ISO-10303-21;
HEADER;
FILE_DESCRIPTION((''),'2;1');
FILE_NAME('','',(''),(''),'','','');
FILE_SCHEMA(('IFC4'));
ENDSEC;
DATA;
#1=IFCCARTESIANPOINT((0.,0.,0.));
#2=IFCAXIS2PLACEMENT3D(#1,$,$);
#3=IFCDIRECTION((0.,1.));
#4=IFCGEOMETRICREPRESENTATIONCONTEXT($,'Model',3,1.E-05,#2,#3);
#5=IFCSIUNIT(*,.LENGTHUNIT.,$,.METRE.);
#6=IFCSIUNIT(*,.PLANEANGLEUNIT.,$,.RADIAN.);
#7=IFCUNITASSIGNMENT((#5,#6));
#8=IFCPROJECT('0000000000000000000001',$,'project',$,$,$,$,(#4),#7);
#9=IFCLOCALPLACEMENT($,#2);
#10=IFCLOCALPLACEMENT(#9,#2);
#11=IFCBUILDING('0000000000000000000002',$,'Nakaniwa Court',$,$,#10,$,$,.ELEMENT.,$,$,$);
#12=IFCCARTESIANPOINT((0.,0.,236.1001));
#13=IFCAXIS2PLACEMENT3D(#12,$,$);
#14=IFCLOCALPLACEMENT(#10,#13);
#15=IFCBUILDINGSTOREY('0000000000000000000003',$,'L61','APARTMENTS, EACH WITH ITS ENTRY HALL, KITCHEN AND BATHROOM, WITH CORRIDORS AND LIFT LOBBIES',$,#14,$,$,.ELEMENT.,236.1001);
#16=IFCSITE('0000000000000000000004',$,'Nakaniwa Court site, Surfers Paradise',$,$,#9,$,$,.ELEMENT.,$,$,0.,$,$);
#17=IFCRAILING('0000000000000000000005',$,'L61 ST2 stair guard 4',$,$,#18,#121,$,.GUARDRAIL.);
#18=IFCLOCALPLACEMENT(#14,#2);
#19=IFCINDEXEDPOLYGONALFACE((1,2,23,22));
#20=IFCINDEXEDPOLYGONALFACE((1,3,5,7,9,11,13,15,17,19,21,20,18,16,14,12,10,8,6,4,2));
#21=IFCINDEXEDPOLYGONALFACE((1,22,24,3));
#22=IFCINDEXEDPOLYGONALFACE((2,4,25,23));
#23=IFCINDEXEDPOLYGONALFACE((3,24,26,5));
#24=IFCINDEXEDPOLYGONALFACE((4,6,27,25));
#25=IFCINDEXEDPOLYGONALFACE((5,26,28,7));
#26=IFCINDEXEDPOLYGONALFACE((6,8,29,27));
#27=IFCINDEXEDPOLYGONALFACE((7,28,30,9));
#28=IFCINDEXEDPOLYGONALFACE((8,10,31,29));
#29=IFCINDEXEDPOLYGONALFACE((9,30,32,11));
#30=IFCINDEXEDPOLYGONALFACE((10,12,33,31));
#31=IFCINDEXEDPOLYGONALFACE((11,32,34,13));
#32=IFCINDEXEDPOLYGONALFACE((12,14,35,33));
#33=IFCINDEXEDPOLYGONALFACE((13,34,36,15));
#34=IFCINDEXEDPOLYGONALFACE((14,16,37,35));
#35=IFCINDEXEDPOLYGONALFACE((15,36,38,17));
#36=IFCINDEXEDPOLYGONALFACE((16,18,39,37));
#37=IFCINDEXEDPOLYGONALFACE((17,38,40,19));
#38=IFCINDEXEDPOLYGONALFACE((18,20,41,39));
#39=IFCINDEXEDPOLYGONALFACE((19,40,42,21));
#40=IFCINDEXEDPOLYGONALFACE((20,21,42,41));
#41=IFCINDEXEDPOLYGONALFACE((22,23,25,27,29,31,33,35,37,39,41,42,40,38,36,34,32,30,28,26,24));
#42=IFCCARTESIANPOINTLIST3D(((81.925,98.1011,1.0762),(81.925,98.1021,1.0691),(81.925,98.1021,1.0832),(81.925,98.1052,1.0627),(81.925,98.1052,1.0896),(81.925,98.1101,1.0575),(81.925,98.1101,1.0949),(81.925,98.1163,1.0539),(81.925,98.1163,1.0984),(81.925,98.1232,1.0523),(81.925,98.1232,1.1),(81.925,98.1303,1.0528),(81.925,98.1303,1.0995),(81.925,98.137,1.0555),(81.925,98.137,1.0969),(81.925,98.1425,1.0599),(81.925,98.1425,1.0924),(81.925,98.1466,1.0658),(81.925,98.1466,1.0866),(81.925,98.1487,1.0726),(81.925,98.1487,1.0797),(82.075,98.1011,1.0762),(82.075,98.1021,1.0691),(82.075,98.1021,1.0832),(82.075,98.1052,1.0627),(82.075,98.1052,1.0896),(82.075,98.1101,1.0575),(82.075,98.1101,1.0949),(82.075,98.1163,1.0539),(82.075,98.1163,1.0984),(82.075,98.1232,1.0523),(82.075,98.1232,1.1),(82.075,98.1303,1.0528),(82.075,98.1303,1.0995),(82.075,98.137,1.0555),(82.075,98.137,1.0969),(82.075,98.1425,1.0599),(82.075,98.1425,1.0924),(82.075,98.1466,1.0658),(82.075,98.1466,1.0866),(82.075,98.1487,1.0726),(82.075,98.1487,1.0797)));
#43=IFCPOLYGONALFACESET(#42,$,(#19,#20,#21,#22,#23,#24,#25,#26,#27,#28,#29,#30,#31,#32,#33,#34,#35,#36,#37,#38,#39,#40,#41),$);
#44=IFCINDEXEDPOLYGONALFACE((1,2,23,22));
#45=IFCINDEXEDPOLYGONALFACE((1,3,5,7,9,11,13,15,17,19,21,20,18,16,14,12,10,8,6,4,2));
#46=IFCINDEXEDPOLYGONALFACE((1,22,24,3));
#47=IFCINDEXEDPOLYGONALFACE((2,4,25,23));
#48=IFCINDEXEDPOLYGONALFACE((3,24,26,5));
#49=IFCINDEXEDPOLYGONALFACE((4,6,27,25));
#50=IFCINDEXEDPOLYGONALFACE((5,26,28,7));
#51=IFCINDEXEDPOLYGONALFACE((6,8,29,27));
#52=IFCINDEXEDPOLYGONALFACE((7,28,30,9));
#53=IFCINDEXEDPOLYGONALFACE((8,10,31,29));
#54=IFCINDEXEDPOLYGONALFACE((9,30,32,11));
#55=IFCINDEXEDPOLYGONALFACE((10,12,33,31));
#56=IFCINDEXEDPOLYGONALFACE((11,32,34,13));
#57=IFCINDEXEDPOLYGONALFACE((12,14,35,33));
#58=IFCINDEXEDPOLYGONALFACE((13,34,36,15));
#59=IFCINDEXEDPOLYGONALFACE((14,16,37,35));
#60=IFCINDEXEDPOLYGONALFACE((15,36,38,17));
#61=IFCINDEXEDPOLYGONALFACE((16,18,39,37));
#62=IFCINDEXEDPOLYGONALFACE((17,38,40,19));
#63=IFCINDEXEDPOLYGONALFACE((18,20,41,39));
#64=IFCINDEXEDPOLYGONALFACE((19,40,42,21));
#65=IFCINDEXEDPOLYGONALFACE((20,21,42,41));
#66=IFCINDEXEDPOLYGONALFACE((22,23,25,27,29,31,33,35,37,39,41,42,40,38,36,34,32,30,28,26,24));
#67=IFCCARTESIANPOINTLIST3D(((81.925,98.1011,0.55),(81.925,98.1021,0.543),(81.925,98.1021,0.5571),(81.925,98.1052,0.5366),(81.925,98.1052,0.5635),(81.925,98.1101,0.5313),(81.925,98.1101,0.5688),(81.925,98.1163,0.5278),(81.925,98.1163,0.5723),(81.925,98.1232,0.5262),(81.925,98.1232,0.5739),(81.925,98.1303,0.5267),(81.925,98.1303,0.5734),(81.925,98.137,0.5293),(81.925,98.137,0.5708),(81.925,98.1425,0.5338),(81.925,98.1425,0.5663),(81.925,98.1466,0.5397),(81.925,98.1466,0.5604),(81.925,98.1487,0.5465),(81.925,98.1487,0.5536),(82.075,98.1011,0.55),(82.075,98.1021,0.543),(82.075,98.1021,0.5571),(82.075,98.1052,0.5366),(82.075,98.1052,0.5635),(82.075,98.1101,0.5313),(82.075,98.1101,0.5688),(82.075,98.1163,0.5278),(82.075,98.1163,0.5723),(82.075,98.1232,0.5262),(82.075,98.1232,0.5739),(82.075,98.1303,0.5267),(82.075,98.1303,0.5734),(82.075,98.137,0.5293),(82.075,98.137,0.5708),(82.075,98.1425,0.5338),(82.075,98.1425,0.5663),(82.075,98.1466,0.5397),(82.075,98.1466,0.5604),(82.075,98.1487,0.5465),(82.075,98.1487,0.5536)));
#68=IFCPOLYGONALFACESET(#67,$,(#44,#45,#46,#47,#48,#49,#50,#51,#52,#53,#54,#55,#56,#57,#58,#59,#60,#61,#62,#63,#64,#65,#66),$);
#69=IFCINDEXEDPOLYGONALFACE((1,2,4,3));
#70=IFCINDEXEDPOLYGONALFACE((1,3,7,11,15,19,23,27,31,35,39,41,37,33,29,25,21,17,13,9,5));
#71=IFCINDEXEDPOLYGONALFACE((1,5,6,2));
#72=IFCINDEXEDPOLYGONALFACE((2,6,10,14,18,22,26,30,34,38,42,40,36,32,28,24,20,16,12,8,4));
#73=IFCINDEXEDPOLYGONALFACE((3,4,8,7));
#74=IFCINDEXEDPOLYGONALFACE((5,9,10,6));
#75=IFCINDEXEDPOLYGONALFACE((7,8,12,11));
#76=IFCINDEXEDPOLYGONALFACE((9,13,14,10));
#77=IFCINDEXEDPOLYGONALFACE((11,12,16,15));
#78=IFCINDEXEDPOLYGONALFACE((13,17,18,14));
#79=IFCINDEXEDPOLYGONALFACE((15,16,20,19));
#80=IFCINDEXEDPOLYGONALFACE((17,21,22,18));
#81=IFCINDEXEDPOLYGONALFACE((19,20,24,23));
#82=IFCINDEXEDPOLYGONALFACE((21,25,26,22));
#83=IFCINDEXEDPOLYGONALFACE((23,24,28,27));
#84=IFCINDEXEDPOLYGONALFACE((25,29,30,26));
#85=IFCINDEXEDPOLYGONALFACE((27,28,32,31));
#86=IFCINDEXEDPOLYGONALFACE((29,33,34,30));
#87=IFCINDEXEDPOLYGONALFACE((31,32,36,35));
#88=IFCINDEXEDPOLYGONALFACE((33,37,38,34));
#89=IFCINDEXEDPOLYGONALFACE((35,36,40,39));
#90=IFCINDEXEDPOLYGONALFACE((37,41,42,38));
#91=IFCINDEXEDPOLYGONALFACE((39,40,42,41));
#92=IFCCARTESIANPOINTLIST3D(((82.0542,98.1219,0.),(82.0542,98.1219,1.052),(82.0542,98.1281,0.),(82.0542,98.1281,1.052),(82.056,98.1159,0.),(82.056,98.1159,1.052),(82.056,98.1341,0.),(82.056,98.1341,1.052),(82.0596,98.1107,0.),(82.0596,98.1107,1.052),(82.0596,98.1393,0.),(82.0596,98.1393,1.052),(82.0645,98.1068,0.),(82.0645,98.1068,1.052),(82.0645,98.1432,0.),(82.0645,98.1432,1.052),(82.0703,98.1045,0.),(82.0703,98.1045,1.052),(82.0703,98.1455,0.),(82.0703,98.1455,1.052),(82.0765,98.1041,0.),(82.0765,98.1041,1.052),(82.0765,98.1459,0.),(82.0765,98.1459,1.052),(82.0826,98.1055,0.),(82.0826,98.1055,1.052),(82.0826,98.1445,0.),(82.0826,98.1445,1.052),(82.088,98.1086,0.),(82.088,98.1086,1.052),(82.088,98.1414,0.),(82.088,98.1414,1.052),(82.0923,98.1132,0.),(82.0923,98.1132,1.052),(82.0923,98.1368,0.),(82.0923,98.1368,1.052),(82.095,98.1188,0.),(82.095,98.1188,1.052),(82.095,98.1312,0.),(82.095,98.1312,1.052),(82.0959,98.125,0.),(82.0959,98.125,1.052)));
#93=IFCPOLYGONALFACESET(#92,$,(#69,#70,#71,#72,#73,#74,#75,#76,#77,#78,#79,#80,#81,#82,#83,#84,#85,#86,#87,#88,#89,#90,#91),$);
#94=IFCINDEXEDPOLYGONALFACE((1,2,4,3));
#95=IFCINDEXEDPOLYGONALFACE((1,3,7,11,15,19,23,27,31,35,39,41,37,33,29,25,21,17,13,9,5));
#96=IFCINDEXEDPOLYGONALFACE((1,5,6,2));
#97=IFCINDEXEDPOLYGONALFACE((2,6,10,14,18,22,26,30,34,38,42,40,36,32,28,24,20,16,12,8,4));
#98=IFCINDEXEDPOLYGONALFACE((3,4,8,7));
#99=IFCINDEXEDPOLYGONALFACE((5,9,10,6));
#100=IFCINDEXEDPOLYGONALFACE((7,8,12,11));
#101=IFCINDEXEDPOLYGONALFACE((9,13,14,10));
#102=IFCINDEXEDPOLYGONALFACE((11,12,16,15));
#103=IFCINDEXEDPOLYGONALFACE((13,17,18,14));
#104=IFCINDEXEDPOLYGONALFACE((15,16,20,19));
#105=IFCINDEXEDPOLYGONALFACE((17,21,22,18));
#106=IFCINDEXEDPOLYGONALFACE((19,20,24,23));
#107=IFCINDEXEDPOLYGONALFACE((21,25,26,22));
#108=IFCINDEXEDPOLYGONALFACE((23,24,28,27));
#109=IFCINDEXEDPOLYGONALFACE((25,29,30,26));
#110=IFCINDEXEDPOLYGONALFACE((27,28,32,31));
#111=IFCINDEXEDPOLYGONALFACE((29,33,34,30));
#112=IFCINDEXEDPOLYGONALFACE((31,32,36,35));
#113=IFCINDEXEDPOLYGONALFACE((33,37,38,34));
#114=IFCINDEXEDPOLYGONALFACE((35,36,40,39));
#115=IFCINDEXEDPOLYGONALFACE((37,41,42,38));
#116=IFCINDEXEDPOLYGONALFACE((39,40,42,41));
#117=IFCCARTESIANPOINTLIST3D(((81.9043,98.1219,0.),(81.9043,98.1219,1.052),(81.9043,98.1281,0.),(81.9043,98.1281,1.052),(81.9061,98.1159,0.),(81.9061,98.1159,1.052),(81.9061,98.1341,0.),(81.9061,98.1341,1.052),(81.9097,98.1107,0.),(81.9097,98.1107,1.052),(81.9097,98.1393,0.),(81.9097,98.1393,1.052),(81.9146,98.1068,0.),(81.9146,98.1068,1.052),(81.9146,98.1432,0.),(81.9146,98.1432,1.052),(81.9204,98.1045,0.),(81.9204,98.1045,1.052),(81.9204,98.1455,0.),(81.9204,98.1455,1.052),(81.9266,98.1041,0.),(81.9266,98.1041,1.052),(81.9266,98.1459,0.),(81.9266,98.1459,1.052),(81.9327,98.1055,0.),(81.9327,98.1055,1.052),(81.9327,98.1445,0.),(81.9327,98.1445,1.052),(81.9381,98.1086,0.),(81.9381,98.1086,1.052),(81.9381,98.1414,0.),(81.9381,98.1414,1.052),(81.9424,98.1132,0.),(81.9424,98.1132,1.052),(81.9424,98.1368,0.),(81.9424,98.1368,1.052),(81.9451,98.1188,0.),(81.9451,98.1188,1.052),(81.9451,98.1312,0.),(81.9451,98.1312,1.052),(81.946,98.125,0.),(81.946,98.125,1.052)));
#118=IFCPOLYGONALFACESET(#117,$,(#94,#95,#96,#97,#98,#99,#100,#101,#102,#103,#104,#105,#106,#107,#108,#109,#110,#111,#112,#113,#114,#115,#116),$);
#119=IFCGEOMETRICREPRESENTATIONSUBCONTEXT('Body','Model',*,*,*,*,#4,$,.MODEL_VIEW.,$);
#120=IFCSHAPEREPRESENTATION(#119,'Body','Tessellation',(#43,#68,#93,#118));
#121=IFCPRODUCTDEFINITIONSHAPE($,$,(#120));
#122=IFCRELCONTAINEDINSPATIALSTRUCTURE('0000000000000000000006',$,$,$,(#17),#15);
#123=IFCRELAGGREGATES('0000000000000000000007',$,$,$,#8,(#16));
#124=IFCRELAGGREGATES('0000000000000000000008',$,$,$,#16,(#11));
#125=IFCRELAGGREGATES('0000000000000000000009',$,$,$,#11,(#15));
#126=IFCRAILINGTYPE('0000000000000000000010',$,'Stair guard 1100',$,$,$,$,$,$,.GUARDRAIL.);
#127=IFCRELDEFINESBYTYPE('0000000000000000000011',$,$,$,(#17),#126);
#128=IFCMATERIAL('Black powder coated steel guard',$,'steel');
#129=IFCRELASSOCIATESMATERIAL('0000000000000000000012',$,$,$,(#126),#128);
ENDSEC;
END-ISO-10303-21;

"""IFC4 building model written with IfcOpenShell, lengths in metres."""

from ifc_helpers import new_model, si_unit, direction, frame, origin, origin_2d, place, context, subcontext, project, spatial, circle, extrude, material, type_object, element, save


model = new_model("IFC4")

# Units and contexts
model_context = context("Model", 3, precision=1e-05, world=origin(), true_north=direction((0.0, 1.0)))
body_context = subcontext(model_context, "Body", "Model", "MODEL_VIEW")
ifc_project = project(units=[si_unit("LENGTHUNIT", "METRE"), si_unit("PLANEANGLEUNIT", "RADIAN")], contexts=[model_context])

# Site, building, storey
site_placement = place(None, origin())
site = spatial("IfcSite", under=ifc_project, at=site_placement, Name="Nakaniwa Court site, Surfers Paradise", CompositionType="ELEMENT", RefElevation=0.0)
building_placement = place(site_placement, origin())
building = spatial("IfcBuilding", under=site, at=building_placement, Name="Nakaniwa Court", CompositionType="ELEMENT")
storey_placement = place(building_placement, frame((0.0, 0.0, 236.1001)))
storey = spatial("IfcBuildingStorey", under=building, at=storey_placement, Name="L61", Description="APARTMENTS, EACH WITH ITS ENTRY HALL, KITCHEN AND BATHROOM, WITH CORRIDORS AND LIFT LOBBIES", CompositionType="ELEMENT", Elevation=236.1001)

# Railing
ifc_material_1 = material(Name="Black powder coated steel guard", Category="steel")
railing_type_1 = type_object("IfcRailingType", Name="Stair guard 1100", PredefinedType="GUARDRAIL", material=ifc_material_1)
railing_1_placement = place(storey_placement, frame((82.075, 98.125, 0.0)))
element("IfcRailing", 1, at=railing_1_placement, inside=storey, type_object=railing_type_1, Name="L61 ST2 stair guard 4", PredefinedType="GUARDRAIL", context=body_context, shape_type="SweptSolid", body=[
    extrude(circle(Radius=0.0239, at=origin_2d()), frame((0.0, 0.0, 1.0762), z_axis=(-1.0, 0.0, 0.0), x_axis=(0.0, -1.0, 0.0)), (0.0, 0.0, 1.0), 0.1499),
    extrude(circle(Radius=0.0239, at=origin_2d()), frame((0.0, 0.0, 0.55), z_axis=(-1.0, 0.0, 0.0), x_axis=(0.0, -1.0, 0.0)), (0.0, 0.0, 1.0), 0.1499),
    extrude(circle(Radius=0.021, at=origin_2d()), origin(), (0.0, 0.0, 1.0), 1.052),
    extrude(circle(Radius=0.021, at=origin_2d()), frame((-0.1499, 0.0, 0.0)), (0.0, 0.0, 1.0), 1.052),
])

save(model, "model.ifc")
